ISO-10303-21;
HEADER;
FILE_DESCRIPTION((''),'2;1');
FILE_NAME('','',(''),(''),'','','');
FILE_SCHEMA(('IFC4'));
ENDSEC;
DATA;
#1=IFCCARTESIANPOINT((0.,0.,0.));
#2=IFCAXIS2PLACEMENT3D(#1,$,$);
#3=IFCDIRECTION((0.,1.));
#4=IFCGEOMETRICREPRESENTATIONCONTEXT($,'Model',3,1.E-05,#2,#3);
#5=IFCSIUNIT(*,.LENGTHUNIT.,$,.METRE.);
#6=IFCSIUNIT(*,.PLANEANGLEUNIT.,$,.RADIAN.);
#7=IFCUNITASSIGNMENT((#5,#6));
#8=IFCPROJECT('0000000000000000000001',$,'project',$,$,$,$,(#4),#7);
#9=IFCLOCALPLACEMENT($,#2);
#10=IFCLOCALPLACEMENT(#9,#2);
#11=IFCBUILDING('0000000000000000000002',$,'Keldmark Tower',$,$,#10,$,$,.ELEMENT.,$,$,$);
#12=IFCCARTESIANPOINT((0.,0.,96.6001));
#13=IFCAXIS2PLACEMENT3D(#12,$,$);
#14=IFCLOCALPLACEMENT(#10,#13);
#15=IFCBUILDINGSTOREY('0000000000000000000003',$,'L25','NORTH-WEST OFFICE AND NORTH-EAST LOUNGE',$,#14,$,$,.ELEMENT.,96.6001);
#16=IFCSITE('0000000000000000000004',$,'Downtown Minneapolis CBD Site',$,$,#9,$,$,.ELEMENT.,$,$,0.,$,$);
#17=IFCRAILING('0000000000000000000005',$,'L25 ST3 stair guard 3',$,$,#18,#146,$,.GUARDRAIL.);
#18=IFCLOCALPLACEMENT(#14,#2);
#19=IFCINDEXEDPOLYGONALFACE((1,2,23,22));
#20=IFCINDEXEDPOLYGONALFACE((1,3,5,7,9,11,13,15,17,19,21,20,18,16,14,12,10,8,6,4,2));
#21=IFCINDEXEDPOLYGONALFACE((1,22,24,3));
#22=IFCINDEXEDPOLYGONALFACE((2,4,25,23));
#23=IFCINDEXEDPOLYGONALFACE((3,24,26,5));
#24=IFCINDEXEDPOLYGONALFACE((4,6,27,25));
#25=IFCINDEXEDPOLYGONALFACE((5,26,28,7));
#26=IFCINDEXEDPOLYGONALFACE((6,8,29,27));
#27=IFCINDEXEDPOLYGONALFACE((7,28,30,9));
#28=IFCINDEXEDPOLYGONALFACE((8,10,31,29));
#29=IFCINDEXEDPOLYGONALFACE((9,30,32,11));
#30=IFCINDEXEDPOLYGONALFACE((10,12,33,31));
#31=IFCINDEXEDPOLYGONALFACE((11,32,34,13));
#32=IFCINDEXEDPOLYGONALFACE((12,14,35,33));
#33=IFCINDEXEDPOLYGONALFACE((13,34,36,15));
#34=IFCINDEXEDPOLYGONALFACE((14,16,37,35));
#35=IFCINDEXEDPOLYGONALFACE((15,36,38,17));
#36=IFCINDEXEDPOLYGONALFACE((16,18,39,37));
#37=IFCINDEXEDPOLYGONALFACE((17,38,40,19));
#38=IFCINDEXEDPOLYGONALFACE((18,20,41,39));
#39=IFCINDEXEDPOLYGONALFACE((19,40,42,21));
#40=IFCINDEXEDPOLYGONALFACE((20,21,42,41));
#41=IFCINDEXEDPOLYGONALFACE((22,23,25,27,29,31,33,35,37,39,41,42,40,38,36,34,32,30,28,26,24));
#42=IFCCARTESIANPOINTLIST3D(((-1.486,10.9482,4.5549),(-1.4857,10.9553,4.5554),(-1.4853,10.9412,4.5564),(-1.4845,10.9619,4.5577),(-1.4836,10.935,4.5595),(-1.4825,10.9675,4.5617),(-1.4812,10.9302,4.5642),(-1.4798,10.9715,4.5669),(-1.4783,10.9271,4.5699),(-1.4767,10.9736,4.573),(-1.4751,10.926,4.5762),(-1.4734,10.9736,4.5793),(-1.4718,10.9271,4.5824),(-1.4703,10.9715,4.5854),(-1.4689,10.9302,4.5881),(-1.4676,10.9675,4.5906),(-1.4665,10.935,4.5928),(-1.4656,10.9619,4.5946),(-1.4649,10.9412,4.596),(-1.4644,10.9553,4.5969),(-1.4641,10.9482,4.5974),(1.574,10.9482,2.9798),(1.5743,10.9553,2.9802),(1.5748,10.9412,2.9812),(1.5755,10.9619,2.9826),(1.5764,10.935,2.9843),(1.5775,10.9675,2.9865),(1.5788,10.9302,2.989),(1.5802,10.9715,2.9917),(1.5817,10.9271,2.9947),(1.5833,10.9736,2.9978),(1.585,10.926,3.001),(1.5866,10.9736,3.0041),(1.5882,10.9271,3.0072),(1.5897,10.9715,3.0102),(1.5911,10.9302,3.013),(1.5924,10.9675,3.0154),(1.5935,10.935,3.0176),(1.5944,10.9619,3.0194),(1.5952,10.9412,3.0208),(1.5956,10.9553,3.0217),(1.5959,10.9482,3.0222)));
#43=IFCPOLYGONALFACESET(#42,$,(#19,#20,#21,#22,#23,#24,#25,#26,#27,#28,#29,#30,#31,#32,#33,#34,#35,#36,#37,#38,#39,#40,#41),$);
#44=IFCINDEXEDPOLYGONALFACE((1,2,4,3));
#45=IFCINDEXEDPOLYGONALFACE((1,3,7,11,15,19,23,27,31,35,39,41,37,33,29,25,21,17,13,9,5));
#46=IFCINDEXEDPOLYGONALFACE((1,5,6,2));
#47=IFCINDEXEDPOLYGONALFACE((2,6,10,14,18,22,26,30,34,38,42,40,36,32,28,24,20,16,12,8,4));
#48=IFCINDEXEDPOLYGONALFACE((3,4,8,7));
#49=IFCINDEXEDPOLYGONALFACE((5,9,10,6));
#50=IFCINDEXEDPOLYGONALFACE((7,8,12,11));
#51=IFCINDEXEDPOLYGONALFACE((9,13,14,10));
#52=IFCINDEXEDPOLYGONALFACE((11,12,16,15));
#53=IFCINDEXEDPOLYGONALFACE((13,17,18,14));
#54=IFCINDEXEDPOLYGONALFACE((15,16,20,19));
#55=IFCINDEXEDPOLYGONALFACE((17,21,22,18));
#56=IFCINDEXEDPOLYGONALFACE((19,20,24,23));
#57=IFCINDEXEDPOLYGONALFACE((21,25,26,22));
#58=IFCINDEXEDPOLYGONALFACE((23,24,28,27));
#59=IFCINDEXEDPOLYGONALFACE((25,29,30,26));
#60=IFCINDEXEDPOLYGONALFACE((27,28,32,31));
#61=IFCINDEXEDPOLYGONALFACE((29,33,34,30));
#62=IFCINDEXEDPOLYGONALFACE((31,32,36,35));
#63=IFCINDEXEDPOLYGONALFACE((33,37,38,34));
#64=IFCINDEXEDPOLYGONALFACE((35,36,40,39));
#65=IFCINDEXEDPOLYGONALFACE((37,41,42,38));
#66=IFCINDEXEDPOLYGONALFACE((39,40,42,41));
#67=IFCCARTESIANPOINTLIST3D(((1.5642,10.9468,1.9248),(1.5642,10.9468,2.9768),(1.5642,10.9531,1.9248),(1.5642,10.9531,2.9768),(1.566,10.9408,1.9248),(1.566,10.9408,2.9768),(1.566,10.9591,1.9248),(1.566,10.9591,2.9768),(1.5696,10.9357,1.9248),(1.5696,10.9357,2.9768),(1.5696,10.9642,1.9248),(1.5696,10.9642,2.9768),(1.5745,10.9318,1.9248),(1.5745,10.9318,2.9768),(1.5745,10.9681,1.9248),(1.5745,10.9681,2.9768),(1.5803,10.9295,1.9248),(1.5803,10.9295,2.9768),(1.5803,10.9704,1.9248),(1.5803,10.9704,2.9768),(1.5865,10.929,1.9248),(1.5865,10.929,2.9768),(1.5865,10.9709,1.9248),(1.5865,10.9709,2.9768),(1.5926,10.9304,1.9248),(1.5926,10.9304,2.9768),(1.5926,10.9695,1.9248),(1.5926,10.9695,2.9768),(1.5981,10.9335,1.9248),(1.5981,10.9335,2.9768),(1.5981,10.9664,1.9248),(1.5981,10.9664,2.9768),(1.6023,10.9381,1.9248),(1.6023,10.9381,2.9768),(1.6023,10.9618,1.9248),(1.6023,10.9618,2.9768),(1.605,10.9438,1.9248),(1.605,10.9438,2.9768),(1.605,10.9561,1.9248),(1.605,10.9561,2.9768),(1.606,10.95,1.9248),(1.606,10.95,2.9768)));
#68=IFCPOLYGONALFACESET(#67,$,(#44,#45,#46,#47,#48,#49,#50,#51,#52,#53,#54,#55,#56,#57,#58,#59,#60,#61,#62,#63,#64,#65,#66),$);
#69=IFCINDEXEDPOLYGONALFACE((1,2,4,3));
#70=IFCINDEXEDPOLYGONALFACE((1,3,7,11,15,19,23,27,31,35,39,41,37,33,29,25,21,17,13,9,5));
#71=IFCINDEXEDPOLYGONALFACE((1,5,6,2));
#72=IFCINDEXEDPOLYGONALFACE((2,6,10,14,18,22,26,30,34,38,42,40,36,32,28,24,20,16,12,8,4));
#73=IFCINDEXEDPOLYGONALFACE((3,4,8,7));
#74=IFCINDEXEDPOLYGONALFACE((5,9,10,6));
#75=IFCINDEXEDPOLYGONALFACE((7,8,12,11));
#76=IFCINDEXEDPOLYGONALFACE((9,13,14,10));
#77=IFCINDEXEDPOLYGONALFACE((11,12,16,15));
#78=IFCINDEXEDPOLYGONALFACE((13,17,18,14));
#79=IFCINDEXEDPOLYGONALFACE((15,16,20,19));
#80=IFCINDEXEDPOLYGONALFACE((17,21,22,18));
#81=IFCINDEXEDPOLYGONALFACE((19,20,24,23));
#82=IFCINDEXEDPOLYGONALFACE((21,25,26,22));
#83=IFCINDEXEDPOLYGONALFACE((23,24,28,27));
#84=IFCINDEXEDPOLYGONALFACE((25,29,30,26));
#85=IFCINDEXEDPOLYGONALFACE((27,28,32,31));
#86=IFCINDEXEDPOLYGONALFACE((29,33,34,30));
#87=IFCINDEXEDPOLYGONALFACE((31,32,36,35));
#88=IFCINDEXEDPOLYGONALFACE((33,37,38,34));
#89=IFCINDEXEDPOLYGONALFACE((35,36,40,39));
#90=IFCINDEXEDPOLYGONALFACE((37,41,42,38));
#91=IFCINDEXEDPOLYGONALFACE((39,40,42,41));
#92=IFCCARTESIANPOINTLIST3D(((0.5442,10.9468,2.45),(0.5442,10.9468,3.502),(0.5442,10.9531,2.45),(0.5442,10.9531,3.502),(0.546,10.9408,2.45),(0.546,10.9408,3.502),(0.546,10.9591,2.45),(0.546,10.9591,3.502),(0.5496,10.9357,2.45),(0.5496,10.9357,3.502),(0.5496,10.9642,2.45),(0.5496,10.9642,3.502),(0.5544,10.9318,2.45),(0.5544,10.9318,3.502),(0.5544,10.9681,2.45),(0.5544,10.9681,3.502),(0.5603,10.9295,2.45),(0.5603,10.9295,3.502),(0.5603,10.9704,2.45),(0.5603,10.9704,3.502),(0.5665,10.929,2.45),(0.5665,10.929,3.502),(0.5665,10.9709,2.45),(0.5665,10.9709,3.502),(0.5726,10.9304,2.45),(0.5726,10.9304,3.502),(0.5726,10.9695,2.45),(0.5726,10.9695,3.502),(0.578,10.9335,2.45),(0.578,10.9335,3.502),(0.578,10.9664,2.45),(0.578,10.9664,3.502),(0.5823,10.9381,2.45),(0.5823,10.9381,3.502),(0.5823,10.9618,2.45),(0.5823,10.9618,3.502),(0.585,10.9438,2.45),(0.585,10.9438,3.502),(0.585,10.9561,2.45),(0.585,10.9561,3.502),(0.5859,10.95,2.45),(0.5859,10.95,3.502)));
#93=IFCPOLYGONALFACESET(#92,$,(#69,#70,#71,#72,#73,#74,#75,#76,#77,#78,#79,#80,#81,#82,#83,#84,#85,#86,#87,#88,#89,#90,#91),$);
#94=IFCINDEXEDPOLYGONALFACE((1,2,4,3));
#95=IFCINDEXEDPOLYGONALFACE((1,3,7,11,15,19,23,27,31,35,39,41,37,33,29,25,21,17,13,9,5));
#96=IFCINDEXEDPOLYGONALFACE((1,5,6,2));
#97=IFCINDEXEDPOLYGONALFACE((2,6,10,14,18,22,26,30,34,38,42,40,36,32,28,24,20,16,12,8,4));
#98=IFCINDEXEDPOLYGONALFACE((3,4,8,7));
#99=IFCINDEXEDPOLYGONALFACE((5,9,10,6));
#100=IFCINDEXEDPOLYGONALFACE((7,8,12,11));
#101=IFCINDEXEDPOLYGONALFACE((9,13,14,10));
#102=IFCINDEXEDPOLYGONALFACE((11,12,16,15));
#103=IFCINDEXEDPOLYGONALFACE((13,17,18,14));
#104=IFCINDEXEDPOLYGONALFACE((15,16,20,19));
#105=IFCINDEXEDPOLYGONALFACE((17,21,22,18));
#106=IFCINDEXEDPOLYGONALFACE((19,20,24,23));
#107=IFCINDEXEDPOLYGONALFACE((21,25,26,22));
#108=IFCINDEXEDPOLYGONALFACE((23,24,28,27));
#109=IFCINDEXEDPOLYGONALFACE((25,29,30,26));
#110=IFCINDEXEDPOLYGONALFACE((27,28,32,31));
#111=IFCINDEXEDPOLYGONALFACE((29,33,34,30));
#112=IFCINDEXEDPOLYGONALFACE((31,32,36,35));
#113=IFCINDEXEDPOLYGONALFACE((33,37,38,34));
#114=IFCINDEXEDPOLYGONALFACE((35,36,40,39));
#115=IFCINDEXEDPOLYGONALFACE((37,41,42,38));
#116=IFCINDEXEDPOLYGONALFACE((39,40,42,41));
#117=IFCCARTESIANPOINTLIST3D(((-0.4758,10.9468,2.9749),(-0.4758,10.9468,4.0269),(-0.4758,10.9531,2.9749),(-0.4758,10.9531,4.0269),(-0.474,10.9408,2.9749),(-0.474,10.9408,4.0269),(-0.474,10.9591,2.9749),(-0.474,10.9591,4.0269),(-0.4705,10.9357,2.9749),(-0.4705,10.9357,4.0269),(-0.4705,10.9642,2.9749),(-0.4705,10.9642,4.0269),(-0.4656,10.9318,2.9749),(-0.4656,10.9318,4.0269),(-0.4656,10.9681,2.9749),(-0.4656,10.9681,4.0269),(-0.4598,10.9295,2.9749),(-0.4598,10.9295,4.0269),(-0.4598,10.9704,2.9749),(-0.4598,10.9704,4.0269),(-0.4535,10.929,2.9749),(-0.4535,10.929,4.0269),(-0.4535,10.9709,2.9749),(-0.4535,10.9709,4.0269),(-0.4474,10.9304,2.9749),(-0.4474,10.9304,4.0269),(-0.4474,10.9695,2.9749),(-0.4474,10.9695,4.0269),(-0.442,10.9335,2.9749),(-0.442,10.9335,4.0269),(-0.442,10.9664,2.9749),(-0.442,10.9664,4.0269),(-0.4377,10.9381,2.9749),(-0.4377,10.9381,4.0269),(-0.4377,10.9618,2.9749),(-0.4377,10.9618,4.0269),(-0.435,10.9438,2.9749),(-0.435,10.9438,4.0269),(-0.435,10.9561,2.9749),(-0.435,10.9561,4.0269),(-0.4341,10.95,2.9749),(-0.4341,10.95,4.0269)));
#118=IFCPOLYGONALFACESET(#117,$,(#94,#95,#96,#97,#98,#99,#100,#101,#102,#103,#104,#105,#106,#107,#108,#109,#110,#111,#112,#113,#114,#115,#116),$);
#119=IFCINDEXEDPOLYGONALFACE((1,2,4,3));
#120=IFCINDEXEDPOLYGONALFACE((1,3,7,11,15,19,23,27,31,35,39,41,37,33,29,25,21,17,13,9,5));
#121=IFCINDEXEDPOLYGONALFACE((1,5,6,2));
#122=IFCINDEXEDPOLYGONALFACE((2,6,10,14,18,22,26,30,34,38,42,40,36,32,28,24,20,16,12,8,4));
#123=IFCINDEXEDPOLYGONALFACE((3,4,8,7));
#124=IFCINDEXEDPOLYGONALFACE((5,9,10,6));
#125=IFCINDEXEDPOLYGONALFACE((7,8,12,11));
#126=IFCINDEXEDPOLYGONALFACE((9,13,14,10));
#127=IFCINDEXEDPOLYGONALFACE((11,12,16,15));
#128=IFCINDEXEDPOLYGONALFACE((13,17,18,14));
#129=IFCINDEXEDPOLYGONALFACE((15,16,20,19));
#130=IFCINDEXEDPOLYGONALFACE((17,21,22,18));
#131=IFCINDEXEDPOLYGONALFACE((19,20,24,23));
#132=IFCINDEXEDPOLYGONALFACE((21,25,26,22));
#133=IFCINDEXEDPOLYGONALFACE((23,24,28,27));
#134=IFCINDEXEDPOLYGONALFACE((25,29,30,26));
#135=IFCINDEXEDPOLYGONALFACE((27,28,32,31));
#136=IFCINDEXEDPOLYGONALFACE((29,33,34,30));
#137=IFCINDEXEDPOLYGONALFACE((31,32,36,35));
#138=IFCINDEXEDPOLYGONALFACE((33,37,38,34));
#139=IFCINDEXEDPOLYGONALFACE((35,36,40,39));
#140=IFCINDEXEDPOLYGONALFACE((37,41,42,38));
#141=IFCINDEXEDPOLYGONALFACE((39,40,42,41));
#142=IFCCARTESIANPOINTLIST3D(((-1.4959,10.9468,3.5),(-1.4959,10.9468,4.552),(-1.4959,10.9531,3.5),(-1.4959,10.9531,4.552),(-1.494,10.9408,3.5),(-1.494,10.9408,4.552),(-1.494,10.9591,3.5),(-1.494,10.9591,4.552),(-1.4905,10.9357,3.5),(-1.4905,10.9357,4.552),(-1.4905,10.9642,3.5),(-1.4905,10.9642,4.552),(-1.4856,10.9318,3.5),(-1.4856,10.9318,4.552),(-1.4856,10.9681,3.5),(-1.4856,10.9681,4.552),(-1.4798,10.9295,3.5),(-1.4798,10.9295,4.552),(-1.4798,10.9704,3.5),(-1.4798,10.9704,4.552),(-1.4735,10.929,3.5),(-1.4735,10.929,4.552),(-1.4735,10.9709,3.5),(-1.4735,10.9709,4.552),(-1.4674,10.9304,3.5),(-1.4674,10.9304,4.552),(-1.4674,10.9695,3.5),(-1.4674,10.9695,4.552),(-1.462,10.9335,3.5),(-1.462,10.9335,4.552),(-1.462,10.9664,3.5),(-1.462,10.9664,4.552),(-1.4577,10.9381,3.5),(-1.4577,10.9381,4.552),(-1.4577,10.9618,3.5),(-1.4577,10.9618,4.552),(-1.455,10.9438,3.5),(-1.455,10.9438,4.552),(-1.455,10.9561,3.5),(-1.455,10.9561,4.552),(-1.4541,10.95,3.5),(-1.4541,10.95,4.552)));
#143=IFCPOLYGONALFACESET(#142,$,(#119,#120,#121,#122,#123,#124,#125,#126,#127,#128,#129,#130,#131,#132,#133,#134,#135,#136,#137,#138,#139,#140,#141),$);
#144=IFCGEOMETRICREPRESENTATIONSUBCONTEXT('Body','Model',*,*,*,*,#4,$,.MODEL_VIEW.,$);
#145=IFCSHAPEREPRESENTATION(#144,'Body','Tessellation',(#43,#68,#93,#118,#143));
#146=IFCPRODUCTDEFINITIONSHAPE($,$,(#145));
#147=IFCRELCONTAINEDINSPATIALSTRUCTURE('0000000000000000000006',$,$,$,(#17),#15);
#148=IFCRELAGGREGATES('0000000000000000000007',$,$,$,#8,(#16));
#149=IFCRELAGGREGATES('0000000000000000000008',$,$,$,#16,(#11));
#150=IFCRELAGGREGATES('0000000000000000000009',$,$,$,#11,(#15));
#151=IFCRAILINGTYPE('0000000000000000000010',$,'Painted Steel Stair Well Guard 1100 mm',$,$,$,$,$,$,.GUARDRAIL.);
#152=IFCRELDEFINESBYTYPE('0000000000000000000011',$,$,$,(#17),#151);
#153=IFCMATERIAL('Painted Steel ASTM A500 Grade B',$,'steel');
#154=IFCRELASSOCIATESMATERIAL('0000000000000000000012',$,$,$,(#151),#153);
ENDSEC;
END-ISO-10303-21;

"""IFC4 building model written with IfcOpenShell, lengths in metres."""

from ifc_helpers import new_model, si_unit, direction, frame, origin, origin_2d, place, context, subcontext, project, spatial, circle, extrude, material, type_object, element, save


model = new_model("IFC4")

# Units and contexts
model_context = context("Model", 3, precision=1e-05, world=origin(), true_north=direction((0.0, 1.0)))
body_context = subcontext(model_context, "Body", "Model", "MODEL_VIEW")
ifc_project = project(units=[si_unit("LENGTHUNIT", "METRE"), si_unit("PLANEANGLEUNIT", "RADIAN")], contexts=[model_context])

# Site, building, storey
site_placement = place(None, origin())
site = spatial("IfcSite", under=ifc_project, at=site_placement, Name="Downtown Minneapolis CBD Site", CompositionType="ELEMENT", RefElevation=0.0)
building_placement = place(site_placement, origin())
building = spatial("IfcBuilding", under=site, at=building_placement, Name="Keldmark Tower", CompositionType="ELEMENT")
storey_placement = place(building_placement, frame((0.0, 0.0, 96.6001)))
storey = spatial("IfcBuildingStorey", under=building, at=storey_placement, Name="L25", Description="NORTH-WEST OFFICE AND NORTH-EAST LOUNGE", CompositionType="ELEMENT", Elevation=96.6001)

# Railing
ifc_material_1 = material(Name="Painted Steel ASTM A500 Grade B", Category="steel")
railing_type_1 = type_object("IfcRailingType", Name="Painted Steel Stair Well Guard 1100 mm", PredefinedType="GUARDRAIL", material=ifc_material_1)
railing_1_placement = place(storey_placement, frame((1.585, 10.95, 1.9248)))
element("IfcRailing", 1, at=railing_1_placement, inside=storey, type_object=railing_type_1, Name="L25 ST3 stair guard 3", PredefinedType="GUARDRAIL", context=body_context, shape_type="SweptSolid", body=[
    extrude(circle(Radius=0.0239, at=origin_2d()), frame((0.0, 0.0, 1.0762), z_axis=(-0.889116, 0.0, 0.457681), x_axis=(0.0, -1.0, 0.0)), (0.0, 0.0, 1.0), 3.4417),
    extrude(circle(Radius=0.021, at=origin_2d()), origin(), (0.0, 0.0, 1.0), 1.052),
    extrude(circle(Radius=0.021, at=origin_2d()), frame((-1.02, 0.0, 0.5251)), (0.0, 0.0, 1.0), 1.052),
    extrude(circle(Radius=0.021, at=origin_2d()), frame((-2.04, 0.0, 1.05)), (0.0, 0.0, 1.0), 1.052),
    extrude(circle(Radius=0.021, at=origin_2d()), frame((-3.0601, 0.0, 1.5752)), (0.0, 0.0, 1.0), 1.052),
])

save(model, "model.ifc")
